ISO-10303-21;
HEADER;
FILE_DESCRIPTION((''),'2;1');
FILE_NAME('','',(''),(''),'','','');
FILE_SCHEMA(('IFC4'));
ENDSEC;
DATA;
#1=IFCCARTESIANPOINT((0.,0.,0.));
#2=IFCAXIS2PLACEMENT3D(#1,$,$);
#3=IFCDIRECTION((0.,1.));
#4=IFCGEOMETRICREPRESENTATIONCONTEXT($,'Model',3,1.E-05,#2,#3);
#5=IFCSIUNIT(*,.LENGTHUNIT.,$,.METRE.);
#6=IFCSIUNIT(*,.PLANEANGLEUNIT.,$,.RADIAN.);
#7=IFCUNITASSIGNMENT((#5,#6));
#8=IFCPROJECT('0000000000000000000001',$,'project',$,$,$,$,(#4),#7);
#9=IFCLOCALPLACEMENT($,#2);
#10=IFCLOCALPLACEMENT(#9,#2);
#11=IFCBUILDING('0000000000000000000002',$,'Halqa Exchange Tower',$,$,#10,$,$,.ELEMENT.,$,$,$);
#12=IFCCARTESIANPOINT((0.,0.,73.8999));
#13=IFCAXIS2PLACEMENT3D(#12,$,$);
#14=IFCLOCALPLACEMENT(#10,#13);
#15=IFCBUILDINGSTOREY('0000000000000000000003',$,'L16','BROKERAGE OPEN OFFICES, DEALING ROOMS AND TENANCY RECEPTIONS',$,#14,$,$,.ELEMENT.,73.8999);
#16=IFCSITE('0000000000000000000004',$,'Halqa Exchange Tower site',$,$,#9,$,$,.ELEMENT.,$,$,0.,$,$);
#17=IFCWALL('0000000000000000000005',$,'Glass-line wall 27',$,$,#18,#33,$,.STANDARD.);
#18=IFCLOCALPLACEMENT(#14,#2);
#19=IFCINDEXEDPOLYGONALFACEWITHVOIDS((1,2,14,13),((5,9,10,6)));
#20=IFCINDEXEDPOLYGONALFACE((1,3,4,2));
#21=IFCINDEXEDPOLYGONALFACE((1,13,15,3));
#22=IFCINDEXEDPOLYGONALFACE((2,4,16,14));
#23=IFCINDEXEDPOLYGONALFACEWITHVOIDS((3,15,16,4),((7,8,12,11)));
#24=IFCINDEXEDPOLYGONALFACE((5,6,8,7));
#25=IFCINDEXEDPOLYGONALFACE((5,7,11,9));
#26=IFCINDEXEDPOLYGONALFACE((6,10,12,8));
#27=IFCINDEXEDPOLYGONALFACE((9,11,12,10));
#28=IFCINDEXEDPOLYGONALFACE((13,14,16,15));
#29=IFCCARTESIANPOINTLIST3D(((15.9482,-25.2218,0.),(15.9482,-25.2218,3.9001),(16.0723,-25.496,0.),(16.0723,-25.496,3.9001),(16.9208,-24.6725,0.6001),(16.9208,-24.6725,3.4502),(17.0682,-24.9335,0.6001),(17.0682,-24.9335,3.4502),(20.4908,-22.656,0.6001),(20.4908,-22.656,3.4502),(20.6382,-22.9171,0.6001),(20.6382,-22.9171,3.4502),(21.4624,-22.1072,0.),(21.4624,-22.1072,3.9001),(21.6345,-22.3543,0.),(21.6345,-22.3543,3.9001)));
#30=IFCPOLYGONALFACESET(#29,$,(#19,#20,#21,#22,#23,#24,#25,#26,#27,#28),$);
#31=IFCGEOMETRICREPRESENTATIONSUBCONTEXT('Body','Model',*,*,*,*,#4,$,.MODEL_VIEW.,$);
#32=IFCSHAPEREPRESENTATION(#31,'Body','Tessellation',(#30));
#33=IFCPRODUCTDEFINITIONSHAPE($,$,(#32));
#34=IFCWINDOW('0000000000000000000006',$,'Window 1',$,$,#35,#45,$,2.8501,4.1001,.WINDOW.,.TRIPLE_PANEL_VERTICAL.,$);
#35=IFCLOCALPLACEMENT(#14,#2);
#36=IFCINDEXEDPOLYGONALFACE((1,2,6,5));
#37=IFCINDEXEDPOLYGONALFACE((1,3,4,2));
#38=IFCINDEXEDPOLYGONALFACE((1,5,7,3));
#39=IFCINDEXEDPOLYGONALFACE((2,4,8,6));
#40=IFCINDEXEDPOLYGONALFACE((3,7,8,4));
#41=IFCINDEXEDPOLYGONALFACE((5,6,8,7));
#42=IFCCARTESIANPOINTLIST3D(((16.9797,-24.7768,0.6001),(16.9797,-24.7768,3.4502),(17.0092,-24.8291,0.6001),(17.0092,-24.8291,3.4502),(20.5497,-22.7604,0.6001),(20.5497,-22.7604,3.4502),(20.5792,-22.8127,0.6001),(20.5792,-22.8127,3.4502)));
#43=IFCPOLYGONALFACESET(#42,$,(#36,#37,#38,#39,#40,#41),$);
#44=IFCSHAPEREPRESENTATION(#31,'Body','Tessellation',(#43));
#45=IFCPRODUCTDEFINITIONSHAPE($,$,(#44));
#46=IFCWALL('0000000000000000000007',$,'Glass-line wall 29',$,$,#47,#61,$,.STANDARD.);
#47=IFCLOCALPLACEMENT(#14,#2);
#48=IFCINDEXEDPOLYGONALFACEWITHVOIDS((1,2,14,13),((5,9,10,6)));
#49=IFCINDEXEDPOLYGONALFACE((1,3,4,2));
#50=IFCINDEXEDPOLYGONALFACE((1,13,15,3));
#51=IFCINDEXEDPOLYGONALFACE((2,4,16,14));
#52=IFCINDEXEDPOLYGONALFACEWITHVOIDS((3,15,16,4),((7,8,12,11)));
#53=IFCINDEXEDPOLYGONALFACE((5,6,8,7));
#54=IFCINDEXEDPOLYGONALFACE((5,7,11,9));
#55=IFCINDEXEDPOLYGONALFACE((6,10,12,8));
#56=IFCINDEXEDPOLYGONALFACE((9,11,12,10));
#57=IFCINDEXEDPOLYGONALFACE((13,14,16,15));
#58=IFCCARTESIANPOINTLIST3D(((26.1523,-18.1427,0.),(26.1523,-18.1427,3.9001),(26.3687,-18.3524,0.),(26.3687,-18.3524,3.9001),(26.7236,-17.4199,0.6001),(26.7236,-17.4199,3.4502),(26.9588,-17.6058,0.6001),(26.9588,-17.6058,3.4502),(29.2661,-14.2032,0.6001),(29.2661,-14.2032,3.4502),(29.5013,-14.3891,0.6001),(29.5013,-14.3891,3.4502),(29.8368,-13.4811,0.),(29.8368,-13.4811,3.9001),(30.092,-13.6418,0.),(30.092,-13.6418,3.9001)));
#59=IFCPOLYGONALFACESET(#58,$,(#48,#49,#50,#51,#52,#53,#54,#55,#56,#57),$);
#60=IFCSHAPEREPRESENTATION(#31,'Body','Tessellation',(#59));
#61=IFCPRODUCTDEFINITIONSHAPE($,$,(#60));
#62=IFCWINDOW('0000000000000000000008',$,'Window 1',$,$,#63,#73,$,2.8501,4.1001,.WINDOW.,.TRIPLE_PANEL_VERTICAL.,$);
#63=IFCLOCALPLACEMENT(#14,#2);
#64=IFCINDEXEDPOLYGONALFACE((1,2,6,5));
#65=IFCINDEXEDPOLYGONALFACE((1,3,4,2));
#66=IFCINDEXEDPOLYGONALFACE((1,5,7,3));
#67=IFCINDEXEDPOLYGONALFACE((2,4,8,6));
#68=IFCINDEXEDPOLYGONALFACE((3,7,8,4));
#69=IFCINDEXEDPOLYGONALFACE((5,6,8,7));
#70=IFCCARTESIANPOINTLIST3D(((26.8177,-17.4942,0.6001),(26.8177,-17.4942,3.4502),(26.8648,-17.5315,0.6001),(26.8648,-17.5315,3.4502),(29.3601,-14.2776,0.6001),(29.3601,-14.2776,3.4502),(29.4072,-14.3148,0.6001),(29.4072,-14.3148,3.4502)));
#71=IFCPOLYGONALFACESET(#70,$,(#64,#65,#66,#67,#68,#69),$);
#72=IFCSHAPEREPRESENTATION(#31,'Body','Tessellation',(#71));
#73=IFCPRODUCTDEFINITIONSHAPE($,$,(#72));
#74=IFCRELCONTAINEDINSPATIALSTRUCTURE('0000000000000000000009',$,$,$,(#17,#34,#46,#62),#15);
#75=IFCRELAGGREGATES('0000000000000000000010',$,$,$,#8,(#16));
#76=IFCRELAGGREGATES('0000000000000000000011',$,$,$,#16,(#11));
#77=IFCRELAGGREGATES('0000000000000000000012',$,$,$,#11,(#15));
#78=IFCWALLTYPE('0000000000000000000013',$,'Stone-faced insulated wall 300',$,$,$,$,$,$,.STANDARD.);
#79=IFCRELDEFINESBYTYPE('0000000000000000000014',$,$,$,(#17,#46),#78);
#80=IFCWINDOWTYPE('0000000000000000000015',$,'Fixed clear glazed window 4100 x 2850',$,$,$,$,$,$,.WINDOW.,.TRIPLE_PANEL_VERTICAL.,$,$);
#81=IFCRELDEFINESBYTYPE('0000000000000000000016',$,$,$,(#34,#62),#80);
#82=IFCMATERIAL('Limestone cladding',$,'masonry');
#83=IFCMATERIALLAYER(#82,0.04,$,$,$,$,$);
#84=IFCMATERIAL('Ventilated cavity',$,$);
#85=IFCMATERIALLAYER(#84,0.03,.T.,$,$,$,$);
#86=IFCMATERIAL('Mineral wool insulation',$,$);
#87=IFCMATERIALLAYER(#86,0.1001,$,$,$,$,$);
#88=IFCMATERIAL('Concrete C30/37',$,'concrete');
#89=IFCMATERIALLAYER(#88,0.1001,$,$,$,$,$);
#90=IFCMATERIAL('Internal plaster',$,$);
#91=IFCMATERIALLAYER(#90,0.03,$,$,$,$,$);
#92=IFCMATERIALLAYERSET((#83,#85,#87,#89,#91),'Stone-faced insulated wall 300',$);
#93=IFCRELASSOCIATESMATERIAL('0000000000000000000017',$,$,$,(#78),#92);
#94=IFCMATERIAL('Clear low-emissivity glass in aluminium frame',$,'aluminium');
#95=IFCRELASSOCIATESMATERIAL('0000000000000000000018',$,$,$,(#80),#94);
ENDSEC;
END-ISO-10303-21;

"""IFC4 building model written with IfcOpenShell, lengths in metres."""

from ifc_helpers import new_model, si_unit, direction, frame, frame_2d, origin, place, context, subcontext, project, spatial, polyline, rectangle, outline, extrude, material, layer, layer_set, type_object, element, fill, save


model = new_model("IFC4")

# Units and contexts
model_context = context("Model", 3, precision=1e-05, world=origin(), true_north=direction((0.0, 1.0)))
body_context = subcontext(model_context, "Body", "Model", "MODEL_VIEW")
ifc_project = project(units=[si_unit("LENGTHUNIT", "METRE"), si_unit("PLANEANGLEUNIT", "RADIAN")], contexts=[model_context])

# Site, building, storey
site_placement = place(None, origin())
site = spatial("IfcSite", under=ifc_project, at=site_placement, Name="Halqa Exchange Tower site", CompositionType="ELEMENT", RefElevation=0.0)
building_placement = place(site_placement, origin())
building = spatial("IfcBuilding", under=site, at=building_placement, Name="Halqa Exchange Tower", CompositionType="ELEMENT")
storey_placement = place(building_placement, frame((0.0, 0.0, 73.8999)))
storey = spatial("IfcBuildingStorey", under=building, at=storey_placement, Name="L16", Description="BROKERAGE OPEN OFFICES, DEALING ROOMS AND TENANCY RECEPTIONS", CompositionType="ELEMENT", Elevation=73.8999)

# Wall, opening, window
ifc_material_1 = material(Name="Limestone cladding", Category="masonry")
ifc_layer_1 = layer(ifc_material_1, 0.04)
ifc_material_2 = material(Name="Ventilated cavity")
ifc_layer_2 = layer(ifc_material_2, 0.03, ventilated=True)
ifc_material_3 = material(Name="Mineral wool insulation")
ifc_layer_3 = layer(ifc_material_3, 0.1001)
ifc_material_4 = material(Name="Concrete C30/37", Category="concrete")
ifc_layer_4 = layer(ifc_material_4, 0.1001)
ifc_material_5 = material(Name="Internal plaster")
ifc_layer_5 = layer(ifc_material_5, 0.03)
ifc_layer_set_1 = layer_set([ifc_layer_1, ifc_layer_2, ifc_layer_3, ifc_layer_4, ifc_layer_5], Name="Stone-faced insulated wall 300")
wall_type_1 = type_object("IfcWallType", Name="Stone-faced insulated wall 300", PredefinedType="STANDARD", material=ifc_layer_set_1)
wall_1_placement = place(storey_placement, frame((16.0103, -25.3589, 0.0), z_axis=(0.0, 0.0, 1.0), x_axis=(0.87071, 0.491797, 0.0)))
wall_1 = element("IfcWall", 1, at=wall_1_placement, inside=storey, type_object=wall_type_1, Name="Glass-line wall 27", PredefinedType="STANDARD", context=body_context, shape_type="SweptSolid", body=[
    extrude(outline(polyline([(-0.0134, -0.1499), (6.3748, -0.1499), (6.3464, 0.1499), (0.0134, 0.1499), (-0.0134, -0.1499)])), origin(), (0.0, 0.0, 1.0), 3.9001),
])
opening_1_placement = place(wall_1_placement, frame((1.1304, 0.0, 0.6001)))
opening_1 = element("IfcOpeningElement", 2, at=opening_1_placement, cuts=wall_1, PredefinedType="OPENING", context=body_context, shape_type="SweptSolid", body=[
    extrude(rectangle(XDim=4.1001, YDim=2.8501, at=frame_2d((2.05, 1.425))), frame((0.0, 0.1621, 0.0), z_axis=(0.0, -1.0, 0.0), x_axis=(1.0, 0.0, 0.0)), (0.0, 0.0, 1.0), 0.324),
])
ifc_material_6 = material(Name="Clear low-emissivity glass in aluminium frame", Category="aluminium")
window_type = type_object("IfcWindowType", Name="Fixed clear glazed window 4100 x 2850", PartitioningType="TRIPLE_PANEL_VERTICAL", PredefinedType="WINDOW", material=ifc_material_6)
window_1_placement = place(opening_1_placement, origin())
window_1 = element("IfcWindow", 3, at=window_1_placement, inside=storey, type_object=window_type, Name="Window 1", OverallHeight=2.8501, OverallWidth=4.1001, PartitioningType="TRIPLE_PANEL_VERTICAL", PredefinedType="WINDOW", context=body_context, shape_type="SweptSolid", body=[
    extrude(rectangle(XDim=4.1001, YDim=2.8501, at=frame_2d((2.05, 1.425))), frame((0.0, 0.03, 0.0), z_axis=(0.0, -1.0, 0.0), x_axis=(1.0, 0.0, 0.0)), (0.0, 0.0, 1.0), 0.0601),
])
fill(opening_1, window_1)

# Wall, opening, window
wall_2_placement = place(storey_placement, frame((26.2605, -18.2476, 0.0), z_axis=(0.0, 0.0, 1.0), x_axis=(0.620093, 0.784528, 0.0)))
wall_2 = element("IfcWall", 4, at=wall_2_placement, inside=storey, type_object=wall_type_1, Name="Glass-line wall 29", PredefinedType="STANDARD", context=body_context, shape_type="SweptSolid", body=[
    extrude(outline(polyline([(-0.0151, -0.1499), (5.9893, -0.1499), (5.957, 0.1499), (0.0151, 0.1499), (-0.0151, -0.1499)])), origin(), (0.0, 0.0, 1.0), 3.9001),
])
opening_2_placement = place(wall_2_placement, frame((0.9365, 0.0, 0.6001)))
opening_2 = element("IfcOpeningElement", 5, at=opening_2_placement, cuts=wall_2, PredefinedType="OPENING", context=body_context, shape_type="SweptSolid", body=[
    extrude(rectangle(XDim=4.1001, YDim=2.8501, at=frame_2d((2.05, 1.425))), frame((0.0, 0.1621, 0.0), z_axis=(0.0, -1.0, 0.0), x_axis=(1.0, 0.0, 0.0)), (0.0, 0.0, 1.0), 0.324),
])
window_2_placement = place(opening_2_placement, origin())
window_2 = element("IfcWindow", 6, at=window_2_placement, inside=storey, type_object=window_type, Name="Window 1", OverallHeight=2.8501, OverallWidth=4.1001, PartitioningType="TRIPLE_PANEL_VERTICAL", PredefinedType="WINDOW", context=body_context, shape_type="SweptSolid", body=[
    extrude(rectangle(XDim=4.1001, YDim=2.8501, at=frame_2d((2.05, 1.425))), frame((0.0, 0.03, 0.0), z_axis=(0.0, -1.0, 0.0), x_axis=(1.0, 0.0, 0.0)), (0.0, 0.0, 1.0), 0.0601),
])
fill(opening_2, window_2)

save(model, "model.ifc")
